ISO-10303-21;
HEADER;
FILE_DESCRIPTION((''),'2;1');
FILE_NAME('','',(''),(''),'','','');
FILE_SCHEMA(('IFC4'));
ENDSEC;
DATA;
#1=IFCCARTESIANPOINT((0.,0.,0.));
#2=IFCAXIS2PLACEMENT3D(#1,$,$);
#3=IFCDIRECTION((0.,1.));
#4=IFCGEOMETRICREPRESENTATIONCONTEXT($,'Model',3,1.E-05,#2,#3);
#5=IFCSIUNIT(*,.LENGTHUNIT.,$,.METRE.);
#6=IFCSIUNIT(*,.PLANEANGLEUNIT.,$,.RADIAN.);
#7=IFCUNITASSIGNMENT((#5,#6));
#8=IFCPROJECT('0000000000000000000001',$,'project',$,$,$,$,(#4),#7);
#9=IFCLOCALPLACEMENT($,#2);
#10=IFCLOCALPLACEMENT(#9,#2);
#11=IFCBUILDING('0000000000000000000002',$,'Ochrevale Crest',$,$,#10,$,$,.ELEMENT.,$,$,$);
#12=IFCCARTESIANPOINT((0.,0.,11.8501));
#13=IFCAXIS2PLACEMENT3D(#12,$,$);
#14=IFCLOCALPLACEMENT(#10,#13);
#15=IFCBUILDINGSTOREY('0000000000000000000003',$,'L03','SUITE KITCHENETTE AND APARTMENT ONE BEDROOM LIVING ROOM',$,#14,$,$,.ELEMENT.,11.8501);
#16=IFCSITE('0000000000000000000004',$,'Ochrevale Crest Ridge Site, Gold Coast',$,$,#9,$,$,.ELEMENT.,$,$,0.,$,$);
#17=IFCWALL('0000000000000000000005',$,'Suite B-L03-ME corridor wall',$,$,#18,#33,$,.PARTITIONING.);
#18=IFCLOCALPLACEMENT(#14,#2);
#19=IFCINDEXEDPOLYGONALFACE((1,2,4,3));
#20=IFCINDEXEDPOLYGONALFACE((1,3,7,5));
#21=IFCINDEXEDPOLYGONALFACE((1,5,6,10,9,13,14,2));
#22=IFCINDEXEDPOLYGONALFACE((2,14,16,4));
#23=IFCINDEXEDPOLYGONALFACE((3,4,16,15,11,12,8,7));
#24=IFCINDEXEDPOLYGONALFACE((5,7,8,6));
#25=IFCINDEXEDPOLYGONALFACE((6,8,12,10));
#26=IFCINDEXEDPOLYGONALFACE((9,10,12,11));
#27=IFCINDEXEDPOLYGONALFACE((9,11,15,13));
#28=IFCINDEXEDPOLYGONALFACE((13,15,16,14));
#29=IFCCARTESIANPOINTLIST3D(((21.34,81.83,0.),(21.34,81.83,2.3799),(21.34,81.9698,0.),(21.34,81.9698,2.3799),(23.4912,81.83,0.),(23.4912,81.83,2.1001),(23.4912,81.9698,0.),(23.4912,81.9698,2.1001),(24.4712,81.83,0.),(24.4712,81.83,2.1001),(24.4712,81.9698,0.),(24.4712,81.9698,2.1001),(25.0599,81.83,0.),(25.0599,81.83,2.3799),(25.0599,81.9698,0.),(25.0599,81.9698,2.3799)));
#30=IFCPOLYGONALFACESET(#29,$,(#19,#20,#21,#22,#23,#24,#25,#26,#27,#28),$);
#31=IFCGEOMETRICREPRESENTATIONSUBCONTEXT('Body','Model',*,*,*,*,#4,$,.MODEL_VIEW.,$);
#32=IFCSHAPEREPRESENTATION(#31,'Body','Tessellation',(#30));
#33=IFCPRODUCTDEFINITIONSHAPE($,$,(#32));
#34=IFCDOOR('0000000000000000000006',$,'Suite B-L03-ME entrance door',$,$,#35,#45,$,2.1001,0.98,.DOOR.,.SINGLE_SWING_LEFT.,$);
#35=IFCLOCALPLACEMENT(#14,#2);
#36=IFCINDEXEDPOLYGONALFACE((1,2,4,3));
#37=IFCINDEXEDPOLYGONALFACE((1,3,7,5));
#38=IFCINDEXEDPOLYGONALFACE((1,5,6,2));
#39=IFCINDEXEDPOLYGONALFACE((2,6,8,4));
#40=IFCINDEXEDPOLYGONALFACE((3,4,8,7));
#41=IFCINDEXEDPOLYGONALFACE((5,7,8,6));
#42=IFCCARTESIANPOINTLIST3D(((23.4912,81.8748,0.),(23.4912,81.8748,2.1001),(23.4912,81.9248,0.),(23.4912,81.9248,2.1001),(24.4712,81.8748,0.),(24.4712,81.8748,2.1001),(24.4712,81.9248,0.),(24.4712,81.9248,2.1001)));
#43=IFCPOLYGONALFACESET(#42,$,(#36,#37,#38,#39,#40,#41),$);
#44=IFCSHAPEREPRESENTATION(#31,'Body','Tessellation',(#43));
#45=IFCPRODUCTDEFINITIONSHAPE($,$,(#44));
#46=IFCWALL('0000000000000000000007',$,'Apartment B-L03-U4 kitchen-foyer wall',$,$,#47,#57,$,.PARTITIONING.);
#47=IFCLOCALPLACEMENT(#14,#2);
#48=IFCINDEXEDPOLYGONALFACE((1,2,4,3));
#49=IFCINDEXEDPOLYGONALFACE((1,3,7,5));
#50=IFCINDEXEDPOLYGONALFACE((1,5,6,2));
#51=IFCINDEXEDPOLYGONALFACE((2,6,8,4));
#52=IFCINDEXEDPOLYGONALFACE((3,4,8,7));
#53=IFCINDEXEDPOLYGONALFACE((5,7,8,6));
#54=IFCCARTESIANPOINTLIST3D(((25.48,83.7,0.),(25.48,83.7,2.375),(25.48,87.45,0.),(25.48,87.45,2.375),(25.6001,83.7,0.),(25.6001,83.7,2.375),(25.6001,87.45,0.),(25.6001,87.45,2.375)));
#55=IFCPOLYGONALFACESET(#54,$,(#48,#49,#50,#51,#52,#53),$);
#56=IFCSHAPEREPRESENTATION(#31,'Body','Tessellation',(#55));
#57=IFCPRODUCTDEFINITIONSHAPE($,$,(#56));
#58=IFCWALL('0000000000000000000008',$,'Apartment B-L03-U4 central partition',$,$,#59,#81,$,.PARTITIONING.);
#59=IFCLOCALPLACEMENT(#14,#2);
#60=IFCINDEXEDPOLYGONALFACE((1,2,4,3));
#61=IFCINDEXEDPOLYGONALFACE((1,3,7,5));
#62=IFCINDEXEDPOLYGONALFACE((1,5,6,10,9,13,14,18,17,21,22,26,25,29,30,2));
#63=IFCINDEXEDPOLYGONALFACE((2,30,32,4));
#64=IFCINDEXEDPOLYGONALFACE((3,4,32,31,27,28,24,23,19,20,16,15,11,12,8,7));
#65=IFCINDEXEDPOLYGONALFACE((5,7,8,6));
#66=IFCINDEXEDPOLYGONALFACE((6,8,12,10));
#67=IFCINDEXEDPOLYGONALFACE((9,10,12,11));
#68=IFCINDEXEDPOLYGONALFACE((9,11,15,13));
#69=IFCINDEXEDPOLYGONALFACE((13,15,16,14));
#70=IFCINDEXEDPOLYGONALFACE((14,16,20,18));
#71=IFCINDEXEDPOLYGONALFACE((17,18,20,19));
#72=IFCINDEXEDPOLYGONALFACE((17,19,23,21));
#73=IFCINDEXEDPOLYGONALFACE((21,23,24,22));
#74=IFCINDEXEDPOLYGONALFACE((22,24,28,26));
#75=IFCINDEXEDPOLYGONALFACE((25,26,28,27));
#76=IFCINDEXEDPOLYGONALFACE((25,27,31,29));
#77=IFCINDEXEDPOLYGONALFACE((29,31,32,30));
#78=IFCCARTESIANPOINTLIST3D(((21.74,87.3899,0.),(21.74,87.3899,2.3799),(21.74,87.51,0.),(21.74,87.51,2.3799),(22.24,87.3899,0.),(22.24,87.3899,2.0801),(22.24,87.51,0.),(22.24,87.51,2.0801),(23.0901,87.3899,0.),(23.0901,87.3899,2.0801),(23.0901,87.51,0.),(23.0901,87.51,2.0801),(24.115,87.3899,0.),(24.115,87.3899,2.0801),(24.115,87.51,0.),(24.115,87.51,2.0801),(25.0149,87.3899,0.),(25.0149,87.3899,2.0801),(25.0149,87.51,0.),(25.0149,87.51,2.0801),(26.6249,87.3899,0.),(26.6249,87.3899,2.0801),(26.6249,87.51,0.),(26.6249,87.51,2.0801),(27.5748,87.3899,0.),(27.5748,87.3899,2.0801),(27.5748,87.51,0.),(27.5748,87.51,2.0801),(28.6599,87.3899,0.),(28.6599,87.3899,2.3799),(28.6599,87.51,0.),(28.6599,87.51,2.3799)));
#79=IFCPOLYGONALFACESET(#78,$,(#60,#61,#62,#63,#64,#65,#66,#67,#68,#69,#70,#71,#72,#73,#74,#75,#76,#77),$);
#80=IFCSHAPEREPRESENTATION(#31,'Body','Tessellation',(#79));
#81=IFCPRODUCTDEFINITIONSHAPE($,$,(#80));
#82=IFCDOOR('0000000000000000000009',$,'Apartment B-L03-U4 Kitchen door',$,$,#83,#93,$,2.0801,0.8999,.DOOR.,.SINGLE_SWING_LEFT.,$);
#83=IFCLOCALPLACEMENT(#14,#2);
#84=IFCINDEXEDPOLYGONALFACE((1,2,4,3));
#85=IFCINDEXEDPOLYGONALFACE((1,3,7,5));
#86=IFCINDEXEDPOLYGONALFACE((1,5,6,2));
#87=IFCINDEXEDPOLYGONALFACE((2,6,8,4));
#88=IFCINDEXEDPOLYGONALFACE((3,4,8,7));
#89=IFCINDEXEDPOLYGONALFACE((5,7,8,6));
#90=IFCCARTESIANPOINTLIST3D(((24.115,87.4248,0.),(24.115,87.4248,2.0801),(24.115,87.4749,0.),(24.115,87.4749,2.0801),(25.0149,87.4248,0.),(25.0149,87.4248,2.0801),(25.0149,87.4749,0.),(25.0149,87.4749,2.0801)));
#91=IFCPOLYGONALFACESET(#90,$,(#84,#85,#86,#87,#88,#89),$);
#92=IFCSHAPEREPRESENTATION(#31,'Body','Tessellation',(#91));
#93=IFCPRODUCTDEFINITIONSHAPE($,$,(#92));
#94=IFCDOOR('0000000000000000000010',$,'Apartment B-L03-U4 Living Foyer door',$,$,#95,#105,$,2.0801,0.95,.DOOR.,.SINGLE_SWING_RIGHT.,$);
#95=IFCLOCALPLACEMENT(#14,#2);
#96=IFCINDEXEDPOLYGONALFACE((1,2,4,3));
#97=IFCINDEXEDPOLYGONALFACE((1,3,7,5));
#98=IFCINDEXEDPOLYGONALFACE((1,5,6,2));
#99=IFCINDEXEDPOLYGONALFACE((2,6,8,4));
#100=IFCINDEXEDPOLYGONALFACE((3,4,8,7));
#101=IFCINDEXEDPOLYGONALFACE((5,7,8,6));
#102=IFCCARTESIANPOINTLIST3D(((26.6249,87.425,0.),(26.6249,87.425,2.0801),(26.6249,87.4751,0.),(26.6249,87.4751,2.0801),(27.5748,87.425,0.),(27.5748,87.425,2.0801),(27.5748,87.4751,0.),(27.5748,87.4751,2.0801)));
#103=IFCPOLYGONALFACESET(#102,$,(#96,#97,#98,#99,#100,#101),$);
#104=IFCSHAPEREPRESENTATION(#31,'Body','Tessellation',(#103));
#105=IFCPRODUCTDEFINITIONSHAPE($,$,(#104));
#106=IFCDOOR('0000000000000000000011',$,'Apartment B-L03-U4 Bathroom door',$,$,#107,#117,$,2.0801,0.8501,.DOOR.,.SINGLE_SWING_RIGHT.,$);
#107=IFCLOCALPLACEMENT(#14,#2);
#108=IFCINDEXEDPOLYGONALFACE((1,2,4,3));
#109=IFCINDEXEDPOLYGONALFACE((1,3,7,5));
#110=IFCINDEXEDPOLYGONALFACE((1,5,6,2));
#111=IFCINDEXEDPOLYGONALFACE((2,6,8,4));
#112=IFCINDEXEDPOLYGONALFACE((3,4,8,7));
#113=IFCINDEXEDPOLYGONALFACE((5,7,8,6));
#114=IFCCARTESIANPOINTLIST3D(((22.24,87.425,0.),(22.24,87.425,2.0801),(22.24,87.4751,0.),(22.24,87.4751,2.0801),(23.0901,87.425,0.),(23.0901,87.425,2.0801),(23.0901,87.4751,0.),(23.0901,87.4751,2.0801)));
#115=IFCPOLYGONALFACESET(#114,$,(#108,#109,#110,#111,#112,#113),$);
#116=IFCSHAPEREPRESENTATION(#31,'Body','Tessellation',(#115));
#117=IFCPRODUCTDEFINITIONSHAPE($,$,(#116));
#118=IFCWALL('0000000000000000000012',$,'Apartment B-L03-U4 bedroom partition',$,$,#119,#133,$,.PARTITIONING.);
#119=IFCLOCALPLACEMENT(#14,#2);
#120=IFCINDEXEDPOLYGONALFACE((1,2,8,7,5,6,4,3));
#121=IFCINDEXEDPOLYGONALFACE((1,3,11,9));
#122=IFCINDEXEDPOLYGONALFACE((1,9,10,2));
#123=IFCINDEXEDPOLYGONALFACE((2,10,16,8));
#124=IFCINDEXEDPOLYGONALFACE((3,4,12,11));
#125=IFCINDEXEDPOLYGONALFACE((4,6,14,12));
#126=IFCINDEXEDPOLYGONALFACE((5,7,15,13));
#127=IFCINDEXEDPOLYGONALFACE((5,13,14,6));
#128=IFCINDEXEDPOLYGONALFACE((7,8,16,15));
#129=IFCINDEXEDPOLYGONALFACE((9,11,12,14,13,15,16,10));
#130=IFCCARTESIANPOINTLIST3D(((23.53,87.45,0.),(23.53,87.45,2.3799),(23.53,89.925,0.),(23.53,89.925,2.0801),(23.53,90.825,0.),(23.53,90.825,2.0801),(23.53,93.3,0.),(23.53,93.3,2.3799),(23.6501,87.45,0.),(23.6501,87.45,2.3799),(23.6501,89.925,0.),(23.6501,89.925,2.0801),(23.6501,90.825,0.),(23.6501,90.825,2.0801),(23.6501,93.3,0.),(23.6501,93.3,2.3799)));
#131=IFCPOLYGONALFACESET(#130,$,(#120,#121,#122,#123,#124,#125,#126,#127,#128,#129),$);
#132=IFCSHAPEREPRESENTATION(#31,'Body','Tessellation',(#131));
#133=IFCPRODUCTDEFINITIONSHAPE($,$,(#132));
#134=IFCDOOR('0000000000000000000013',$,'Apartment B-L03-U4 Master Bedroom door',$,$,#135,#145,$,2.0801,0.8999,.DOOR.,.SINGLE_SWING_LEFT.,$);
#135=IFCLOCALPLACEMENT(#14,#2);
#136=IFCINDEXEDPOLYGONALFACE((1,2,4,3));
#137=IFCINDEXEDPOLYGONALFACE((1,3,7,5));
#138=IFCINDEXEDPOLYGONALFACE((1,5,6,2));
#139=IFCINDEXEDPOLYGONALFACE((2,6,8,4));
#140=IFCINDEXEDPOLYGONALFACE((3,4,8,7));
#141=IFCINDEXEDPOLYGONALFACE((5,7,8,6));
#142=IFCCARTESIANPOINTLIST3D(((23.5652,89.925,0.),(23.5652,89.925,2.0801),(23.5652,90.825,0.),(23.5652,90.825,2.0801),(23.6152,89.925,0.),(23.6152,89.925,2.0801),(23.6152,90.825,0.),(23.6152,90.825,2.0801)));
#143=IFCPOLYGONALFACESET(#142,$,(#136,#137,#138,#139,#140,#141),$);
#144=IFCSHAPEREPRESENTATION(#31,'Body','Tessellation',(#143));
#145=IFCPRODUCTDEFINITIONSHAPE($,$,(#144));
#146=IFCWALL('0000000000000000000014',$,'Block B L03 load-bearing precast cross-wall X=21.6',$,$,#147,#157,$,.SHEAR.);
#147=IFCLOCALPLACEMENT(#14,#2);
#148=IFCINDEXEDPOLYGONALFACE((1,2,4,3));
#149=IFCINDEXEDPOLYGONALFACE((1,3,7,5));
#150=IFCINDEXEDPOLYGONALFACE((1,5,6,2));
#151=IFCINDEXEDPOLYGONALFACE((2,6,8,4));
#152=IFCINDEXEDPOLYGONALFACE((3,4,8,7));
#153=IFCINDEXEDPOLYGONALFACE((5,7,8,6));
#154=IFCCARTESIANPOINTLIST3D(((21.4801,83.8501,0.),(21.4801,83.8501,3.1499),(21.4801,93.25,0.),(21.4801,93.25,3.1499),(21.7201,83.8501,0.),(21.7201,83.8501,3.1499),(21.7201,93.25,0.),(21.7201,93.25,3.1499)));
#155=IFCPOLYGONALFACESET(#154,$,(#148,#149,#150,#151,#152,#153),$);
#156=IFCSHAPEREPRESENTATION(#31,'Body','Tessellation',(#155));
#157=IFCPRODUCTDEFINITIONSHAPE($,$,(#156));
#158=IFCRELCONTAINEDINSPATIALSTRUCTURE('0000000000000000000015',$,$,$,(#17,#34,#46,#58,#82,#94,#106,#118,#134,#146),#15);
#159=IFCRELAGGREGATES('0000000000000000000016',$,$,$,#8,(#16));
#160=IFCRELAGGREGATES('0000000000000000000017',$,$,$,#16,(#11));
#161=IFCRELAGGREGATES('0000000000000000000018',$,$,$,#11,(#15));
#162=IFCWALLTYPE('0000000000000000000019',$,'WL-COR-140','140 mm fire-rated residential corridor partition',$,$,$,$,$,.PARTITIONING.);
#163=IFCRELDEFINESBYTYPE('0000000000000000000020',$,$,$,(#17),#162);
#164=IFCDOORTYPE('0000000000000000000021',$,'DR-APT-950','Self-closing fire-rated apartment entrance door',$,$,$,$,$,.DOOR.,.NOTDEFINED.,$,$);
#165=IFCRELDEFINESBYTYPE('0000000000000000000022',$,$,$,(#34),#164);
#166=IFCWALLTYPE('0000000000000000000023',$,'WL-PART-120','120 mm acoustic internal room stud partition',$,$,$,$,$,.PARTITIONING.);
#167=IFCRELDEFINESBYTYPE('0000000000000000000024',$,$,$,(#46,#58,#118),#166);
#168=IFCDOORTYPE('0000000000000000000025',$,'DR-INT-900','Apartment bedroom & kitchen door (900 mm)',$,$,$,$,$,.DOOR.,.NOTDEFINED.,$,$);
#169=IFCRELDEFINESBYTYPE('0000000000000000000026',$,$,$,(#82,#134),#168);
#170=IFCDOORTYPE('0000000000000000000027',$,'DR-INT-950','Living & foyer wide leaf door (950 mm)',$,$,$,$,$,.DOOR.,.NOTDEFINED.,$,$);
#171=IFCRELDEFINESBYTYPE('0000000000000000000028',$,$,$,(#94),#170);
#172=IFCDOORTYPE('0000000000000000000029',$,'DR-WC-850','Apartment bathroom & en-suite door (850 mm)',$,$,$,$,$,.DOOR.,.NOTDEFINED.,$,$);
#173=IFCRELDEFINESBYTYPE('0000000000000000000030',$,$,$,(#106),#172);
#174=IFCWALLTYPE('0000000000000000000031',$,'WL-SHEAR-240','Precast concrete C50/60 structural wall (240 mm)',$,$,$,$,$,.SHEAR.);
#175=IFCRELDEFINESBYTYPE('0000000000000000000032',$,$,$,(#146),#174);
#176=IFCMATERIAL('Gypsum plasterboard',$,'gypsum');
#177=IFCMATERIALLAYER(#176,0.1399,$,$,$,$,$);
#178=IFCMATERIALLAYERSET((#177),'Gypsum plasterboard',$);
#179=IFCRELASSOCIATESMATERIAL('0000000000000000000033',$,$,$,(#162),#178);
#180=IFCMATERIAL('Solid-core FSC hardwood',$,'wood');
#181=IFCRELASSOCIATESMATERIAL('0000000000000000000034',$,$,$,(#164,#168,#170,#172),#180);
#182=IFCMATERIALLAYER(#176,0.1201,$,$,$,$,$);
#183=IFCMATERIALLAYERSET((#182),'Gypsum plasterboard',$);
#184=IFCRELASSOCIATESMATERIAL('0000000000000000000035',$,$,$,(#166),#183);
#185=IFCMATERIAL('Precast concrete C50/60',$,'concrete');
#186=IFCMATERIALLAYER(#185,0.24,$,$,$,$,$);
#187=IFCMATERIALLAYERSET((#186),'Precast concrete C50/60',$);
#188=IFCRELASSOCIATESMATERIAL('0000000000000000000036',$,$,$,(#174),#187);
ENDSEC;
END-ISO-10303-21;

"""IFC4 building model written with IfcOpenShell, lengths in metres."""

from ifc_helpers import new_model, si_unit, direction, frame, frame_2d, origin, place, context, subcontext, project, spatial, rectangle, extrude, material, layer, layer_set, type_object, element, fill, save


model = new_model("IFC4")

# Units and contexts
model_context = context("Model", 3, precision=1e-05, world=origin(), true_north=direction((0.0, 1.0)))
body_context = subcontext(model_context, "Body", "Model", "MODEL_VIEW")
ifc_project = project(units=[si_unit("LENGTHUNIT", "METRE"), si_unit("PLANEANGLEUNIT", "RADIAN")], contexts=[model_context])

# Site, building, storey
site_placement = place(None, origin())
site = spatial("IfcSite", under=ifc_project, at=site_placement, Name="Ochrevale Crest Ridge Site, Gold Coast", CompositionType="ELEMENT", RefElevation=0.0)
building_placement = place(site_placement, origin())
building = spatial("IfcBuilding", under=site, at=building_placement, Name="Ochrevale Crest", CompositionType="ELEMENT")
storey_placement = place(building_placement, frame((0.0, 0.0, 11.8501)))
storey = spatial("IfcBuildingStorey", under=building, at=storey_placement, Name="L03", Description="SUITE KITCHENETTE AND APARTMENT ONE BEDROOM LIVING ROOM", CompositionType="ELEMENT", Elevation=11.8501)

# Shared definitions
ifc_material_1 = material(Name="Precast concrete C50/60", Category="concrete")

# Wall, opening, door
ifc_material_2 = material(Name="Gypsum plasterboard", Category="gypsum")
ifc_layer_1 = layer(ifc_material_2, 0.1399)
ifc_layer_set_1 = layer_set([ifc_layer_1], Name="Gypsum plasterboard")
wall_type_1 = type_object("IfcWallType", Name="WL-COR-140", Description="140 mm fire-rated residential corridor partition", PredefinedType="PARTITIONING", material=ifc_layer_set_1)
ifc_material_3 = material(Name="Solid-core FSC hardwood", Category="wood")
door_type_1 = type_object("IfcDoorType", Name="DR-APT-950", Description="Self-closing fire-rated apartment entrance door", OperationType="NOTDEFINED", PredefinedType="DOOR", material=ifc_material_3)
wall_1_placement = place(storey_placement, frame((21.3401, 81.8999, 0.0), z_axis=(0.0, 0.0, 1.0), x_axis=(1.0, 0.0, 0.0)))
wall_1 = element("IfcWall", 1, at=wall_1_placement, inside=storey, type_object=wall_type_1, Name="Suite B-L03-ME corridor wall", PredefinedType="PARTITIONING", context=body_context, shape_type="SweptSolid", body=[
    extrude(rectangle(XDim=3.72, YDim=0.1399, at=frame_2d((1.8599, 0.0))), origin(), (0.0, 0.0, 1.0), 2.3799),
])
opening_1_placement = place(wall_1_placement, frame((2.1511, 0.0, 0.0)))
opening_1 = element("IfcOpeningElement", 2, at=opening_1_placement, cuts=wall_1, PredefinedType="OPENING", context=body_context, shape_type="SweptSolid", body=[
    extrude(rectangle(XDim=0.98, YDim=2.1001, at=frame_2d((0.49, 1.05))), frame((0.0, 0.0801, 0.0), z_axis=(0.0, -1.0, 0.0), x_axis=(1.0, 0.0, 0.0)), (0.0, 0.0, 1.0), 0.1599),
])
door_1_placement = place(opening_1_placement, origin())
door_1 = element("IfcDoor", 3, at=door_1_placement, inside=storey, type_object=door_type_1, Name="Suite B-L03-ME entrance door", OperationType="SINGLE_SWING_LEFT", OverallHeight=2.1001, OverallWidth=0.98, PredefinedType="DOOR", context=body_context, shape_type="SweptSolid", body=[
    extrude(rectangle(XDim=0.98, YDim=2.1001, at=frame_2d((0.49, 1.05))), frame((0.0, 0.0249, 0.0), z_axis=(0.0, -1.0, 0.0), x_axis=(1.0, 0.0, 0.0)), (0.0, 0.0, 1.0), 0.05),
])
fill(opening_1, door_1)

# Wall
ifc_layer_2 = layer(ifc_material_2, 0.1201)
ifc_layer_set_2 = layer_set([ifc_layer_2], Name="Gypsum plasterboard")
wall_type_2 = type_object("IfcWallType", Name="WL-PART-120", Description="120 mm acoustic internal room stud partition", PredefinedType="PARTITIONING", material=ifc_layer_set_2)
wall_2_placement = place(storey_placement, frame((25.54, 83.7, 0.0), z_axis=(0.0, 0.0, 1.0), x_axis=(0.0, 1.0, 0.0)))
element("IfcWall", 4, at=wall_2_placement, inside=storey, type_object=wall_type_2, Name="Apartment B-L03-U4 kitchen-foyer wall", PredefinedType="PARTITIONING", context=body_context, shape_type="SweptSolid", body=[
    extrude(rectangle(XDim=3.75, YDim=0.1201, at=frame_2d((1.875, 0.0))), origin(), (0.0, 0.0, 1.0), 2.375),
])

# Wall, openings, doors
wall_3_placement = place(storey_placement, frame((21.74, 87.45, 0.0), z_axis=(0.0, 0.0, 1.0), x_axis=(1.0, 0.0, 0.0)))
wall_3 = element("IfcWall", 5, at=wall_3_placement, inside=storey, type_object=wall_type_2, Name="Apartment B-L03-U4 central partition", PredefinedType="PARTITIONING", context=body_context, shape_type="SweptSolid", body=[
    extrude(rectangle(XDim=6.9199, YDim=0.1201, at=frame_2d((3.46, 0.0))), origin(), (0.0, 0.0, 1.0), 2.3799),
])
opening_2_placement = place(wall_3_placement, frame((1.3501, 0.0, 0.0), z_axis=(0.0, 0.0, 1.0), x_axis=(-1.0, 0.0, 0.0)))
opening_2 = element("IfcOpeningElement", 6, at=opening_2_placement, cuts=wall_3, PredefinedType="OPENING", context=body_context, shape_type="SweptSolid", body=[
    extrude(rectangle(XDim=0.8501, YDim=2.0801, at=frame_2d((0.425, 1.04))), frame((0.0, 0.0701, 0.0), z_axis=(0.0, -1.0, 0.0), x_axis=(1.0, 0.0, 0.0)), (0.0, 0.0, 1.0), 0.1401),
])
opening_3_placement = place(wall_3_placement, frame((2.375, 0.0, 0.0)))
opening_3 = element("IfcOpeningElement", 7, at=opening_3_placement, cuts=wall_3, PredefinedType="OPENING", context=body_context, shape_type="SweptSolid", body=[
    extrude(rectangle(XDim=0.8999, YDim=2.0801, at=frame_2d((0.45, 1.04))), frame((0.0, 0.0701, 0.0), z_axis=(0.0, -1.0, 0.0), x_axis=(1.0, 0.0, 0.0)), (0.0, 0.0, 1.0), 0.1401),
])
opening_4_placement = place(wall_3_placement, frame((5.835, 0.0, 0.0), z_axis=(0.0, 0.0, 1.0), x_axis=(-1.0, 0.0, 0.0)))
opening_4 = element("IfcOpeningElement", 8, at=opening_4_placement, cuts=wall_3, PredefinedType="OPENING", context=body_context, shape_type="SweptSolid", body=[
    extrude(rectangle(XDim=0.95, YDim=2.0801, at=frame_2d((0.4751, 1.04))), frame((0.0, 0.0701, 0.0), z_axis=(0.0, -1.0, 0.0), x_axis=(1.0, 0.0, 0.0)), (0.0, 0.0, 1.0), 0.1401),
])
door_type_2 = type_object("IfcDoorType", Name="DR-INT-900", Description="Apartment bedroom & kitchen door (900 mm)", OperationType="NOTDEFINED", PredefinedType="DOOR", material=ifc_material_3)
door_2_placement = place(opening_3_placement, origin())
door_2 = element("IfcDoor", 9, at=door_2_placement, inside=storey, type_object=door_type_2, Name="Apartment B-L03-U4 Kitchen door", OperationType="SINGLE_SWING_LEFT", OverallHeight=2.0801, OverallWidth=0.8999, PredefinedType="DOOR", context=body_context, shape_type="SweptSolid", body=[
    extrude(rectangle(XDim=0.8999, YDim=2.0801, at=frame_2d((0.45, 1.04))), frame((0.0, 0.0249, 0.0), z_axis=(0.0, -1.0, 0.0), x_axis=(1.0, 0.0, 0.0)), (0.0, 0.0, 1.0), 0.05),
])
fill(opening_3, door_2)
door_type_3 = type_object("IfcDoorType", Name="DR-INT-950", Description="Living & foyer wide leaf door (950 mm)", OperationType="NOTDEFINED", PredefinedType="DOOR", material=ifc_material_3)
door_3_placement = place(opening_4_placement, origin())
door_3 = element("IfcDoor", 10, at=door_3_placement, inside=storey, type_object=door_type_3, Name="Apartment B-L03-U4 Living Foyer door", OperationType="SINGLE_SWING_RIGHT", OverallHeight=2.0801, OverallWidth=0.95, PredefinedType="DOOR", context=body_context, shape_type="SweptSolid", body=[
    extrude(rectangle(XDim=0.95, YDim=2.0801, at=frame_2d((0.4751, 1.04))), frame((0.0, 0.0249, 0.0), z_axis=(0.0, -1.0, 0.0), x_axis=(1.0, 0.0, 0.0)), (0.0, 0.0, 1.0), 0.05),
])
fill(opening_4, door_3)
door_type_4 = type_object("IfcDoorType", Name="DR-WC-850", Description="Apartment bathroom & en-suite door (850 mm)", OperationType="NOTDEFINED", PredefinedType="DOOR", material=ifc_material_3)
door_4_placement = place(opening_2_placement, origin())
door_4 = element("IfcDoor", 11, at=door_4_placement, inside=storey, type_object=door_type_4, Name="Apartment B-L03-U4 Bathroom door", OperationType="SINGLE_SWING_RIGHT", OverallHeight=2.0801, OverallWidth=0.8501, PredefinedType="DOOR", context=body_context, shape_type="SweptSolid", body=[
    extrude(rectangle(XDim=0.8501, YDim=2.0801, at=frame_2d((0.425, 1.04))), frame((0.0, 0.0249, 0.0), z_axis=(0.0, -1.0, 0.0), x_axis=(1.0, 0.0, 0.0)), (0.0, 0.0, 1.0), 0.05),
])
fill(opening_2, door_4)

# Wall, opening, door
wall_4_placement = place(storey_placement, frame((23.5901, 87.45, 0.0), z_axis=(0.0, 0.0, 1.0), x_axis=(0.0, 1.0, 0.0)))
wall_4 = element("IfcWall", 12, at=wall_4_placement, inside=storey, type_object=wall_type_2, Name="Apartment B-L03-U4 bedroom partition", PredefinedType="PARTITIONING", context=body_context, shape_type="SweptSolid", body=[
    extrude(rectangle(XDim=5.8501, YDim=0.1201, at=frame_2d((2.925, 0.0))), origin(), (0.0, 0.0, 1.0), 2.3799),
])
opening_5_placement = place(wall_4_placement, frame((2.4751, 0.0, 0.0)))
opening_5 = element("IfcOpeningElement", 13, at=opening_5_placement, cuts=wall_4, PredefinedType="OPENING", context=body_context, shape_type="SweptSolid", body=[
    extrude(rectangle(XDim=0.8999, YDim=2.0801, at=frame_2d((0.45, 1.04))), frame((0.0, 0.0701, 0.0), z_axis=(0.0, -1.0, 0.0), x_axis=(1.0, 0.0, 0.0)), (0.0, 0.0, 1.0), 0.1401),
])
door_5_placement = place(opening_5_placement, origin())
door_5 = element("IfcDoor", 14, at=door_5_placement, inside=storey, type_object=door_type_2, Name="Apartment B-L03-U4 Master Bedroom door", OperationType="SINGLE_SWING_LEFT", OverallHeight=2.0801, OverallWidth=0.8999, PredefinedType="DOOR", context=body_context, shape_type="SweptSolid", body=[
    extrude(rectangle(XDim=0.8999, YDim=2.0801, at=frame_2d((0.45, 1.04))), frame((0.0, 0.0249, 0.0), z_axis=(0.0, -1.0, 0.0), x_axis=(1.0, 0.0, 0.0)), (0.0, 0.0, 1.0), 0.05),
])
fill(opening_5, door_5)

# Wall
ifc_layer_3 = layer(ifc_material_1, 0.24)
ifc_layer_set_3 = layer_set([ifc_layer_3], Name="Precast concrete C50/60")
wall_type_3 = type_object("IfcWallType", Name="WL-SHEAR-240", Description="Precast concrete C50/60 structural wall (240 mm)", PredefinedType="SHEAR", material=ifc_layer_set_3)
wall_5_placement = place(storey_placement, frame((21.6001, 83.8501, 0.0), z_axis=(0.0, 0.0, 1.0), x_axis=(0.0, 1.0, 0.0)))
element("IfcWall", 15, at=wall_5_placement, inside=storey, type_object=wall_type_3, Name="Block B L03 load-bearing precast cross-wall X=21.6", PredefinedType="SHEAR", context=body_context, shape_type="SweptSolid", body=[
    extrude(rectangle(XDim=9.3999, YDim=0.24, at=frame_2d((4.7, 0.0))), origin(), (0.0, 0.0, 1.0), 3.1499),
])

save(model, "model.ifc")
